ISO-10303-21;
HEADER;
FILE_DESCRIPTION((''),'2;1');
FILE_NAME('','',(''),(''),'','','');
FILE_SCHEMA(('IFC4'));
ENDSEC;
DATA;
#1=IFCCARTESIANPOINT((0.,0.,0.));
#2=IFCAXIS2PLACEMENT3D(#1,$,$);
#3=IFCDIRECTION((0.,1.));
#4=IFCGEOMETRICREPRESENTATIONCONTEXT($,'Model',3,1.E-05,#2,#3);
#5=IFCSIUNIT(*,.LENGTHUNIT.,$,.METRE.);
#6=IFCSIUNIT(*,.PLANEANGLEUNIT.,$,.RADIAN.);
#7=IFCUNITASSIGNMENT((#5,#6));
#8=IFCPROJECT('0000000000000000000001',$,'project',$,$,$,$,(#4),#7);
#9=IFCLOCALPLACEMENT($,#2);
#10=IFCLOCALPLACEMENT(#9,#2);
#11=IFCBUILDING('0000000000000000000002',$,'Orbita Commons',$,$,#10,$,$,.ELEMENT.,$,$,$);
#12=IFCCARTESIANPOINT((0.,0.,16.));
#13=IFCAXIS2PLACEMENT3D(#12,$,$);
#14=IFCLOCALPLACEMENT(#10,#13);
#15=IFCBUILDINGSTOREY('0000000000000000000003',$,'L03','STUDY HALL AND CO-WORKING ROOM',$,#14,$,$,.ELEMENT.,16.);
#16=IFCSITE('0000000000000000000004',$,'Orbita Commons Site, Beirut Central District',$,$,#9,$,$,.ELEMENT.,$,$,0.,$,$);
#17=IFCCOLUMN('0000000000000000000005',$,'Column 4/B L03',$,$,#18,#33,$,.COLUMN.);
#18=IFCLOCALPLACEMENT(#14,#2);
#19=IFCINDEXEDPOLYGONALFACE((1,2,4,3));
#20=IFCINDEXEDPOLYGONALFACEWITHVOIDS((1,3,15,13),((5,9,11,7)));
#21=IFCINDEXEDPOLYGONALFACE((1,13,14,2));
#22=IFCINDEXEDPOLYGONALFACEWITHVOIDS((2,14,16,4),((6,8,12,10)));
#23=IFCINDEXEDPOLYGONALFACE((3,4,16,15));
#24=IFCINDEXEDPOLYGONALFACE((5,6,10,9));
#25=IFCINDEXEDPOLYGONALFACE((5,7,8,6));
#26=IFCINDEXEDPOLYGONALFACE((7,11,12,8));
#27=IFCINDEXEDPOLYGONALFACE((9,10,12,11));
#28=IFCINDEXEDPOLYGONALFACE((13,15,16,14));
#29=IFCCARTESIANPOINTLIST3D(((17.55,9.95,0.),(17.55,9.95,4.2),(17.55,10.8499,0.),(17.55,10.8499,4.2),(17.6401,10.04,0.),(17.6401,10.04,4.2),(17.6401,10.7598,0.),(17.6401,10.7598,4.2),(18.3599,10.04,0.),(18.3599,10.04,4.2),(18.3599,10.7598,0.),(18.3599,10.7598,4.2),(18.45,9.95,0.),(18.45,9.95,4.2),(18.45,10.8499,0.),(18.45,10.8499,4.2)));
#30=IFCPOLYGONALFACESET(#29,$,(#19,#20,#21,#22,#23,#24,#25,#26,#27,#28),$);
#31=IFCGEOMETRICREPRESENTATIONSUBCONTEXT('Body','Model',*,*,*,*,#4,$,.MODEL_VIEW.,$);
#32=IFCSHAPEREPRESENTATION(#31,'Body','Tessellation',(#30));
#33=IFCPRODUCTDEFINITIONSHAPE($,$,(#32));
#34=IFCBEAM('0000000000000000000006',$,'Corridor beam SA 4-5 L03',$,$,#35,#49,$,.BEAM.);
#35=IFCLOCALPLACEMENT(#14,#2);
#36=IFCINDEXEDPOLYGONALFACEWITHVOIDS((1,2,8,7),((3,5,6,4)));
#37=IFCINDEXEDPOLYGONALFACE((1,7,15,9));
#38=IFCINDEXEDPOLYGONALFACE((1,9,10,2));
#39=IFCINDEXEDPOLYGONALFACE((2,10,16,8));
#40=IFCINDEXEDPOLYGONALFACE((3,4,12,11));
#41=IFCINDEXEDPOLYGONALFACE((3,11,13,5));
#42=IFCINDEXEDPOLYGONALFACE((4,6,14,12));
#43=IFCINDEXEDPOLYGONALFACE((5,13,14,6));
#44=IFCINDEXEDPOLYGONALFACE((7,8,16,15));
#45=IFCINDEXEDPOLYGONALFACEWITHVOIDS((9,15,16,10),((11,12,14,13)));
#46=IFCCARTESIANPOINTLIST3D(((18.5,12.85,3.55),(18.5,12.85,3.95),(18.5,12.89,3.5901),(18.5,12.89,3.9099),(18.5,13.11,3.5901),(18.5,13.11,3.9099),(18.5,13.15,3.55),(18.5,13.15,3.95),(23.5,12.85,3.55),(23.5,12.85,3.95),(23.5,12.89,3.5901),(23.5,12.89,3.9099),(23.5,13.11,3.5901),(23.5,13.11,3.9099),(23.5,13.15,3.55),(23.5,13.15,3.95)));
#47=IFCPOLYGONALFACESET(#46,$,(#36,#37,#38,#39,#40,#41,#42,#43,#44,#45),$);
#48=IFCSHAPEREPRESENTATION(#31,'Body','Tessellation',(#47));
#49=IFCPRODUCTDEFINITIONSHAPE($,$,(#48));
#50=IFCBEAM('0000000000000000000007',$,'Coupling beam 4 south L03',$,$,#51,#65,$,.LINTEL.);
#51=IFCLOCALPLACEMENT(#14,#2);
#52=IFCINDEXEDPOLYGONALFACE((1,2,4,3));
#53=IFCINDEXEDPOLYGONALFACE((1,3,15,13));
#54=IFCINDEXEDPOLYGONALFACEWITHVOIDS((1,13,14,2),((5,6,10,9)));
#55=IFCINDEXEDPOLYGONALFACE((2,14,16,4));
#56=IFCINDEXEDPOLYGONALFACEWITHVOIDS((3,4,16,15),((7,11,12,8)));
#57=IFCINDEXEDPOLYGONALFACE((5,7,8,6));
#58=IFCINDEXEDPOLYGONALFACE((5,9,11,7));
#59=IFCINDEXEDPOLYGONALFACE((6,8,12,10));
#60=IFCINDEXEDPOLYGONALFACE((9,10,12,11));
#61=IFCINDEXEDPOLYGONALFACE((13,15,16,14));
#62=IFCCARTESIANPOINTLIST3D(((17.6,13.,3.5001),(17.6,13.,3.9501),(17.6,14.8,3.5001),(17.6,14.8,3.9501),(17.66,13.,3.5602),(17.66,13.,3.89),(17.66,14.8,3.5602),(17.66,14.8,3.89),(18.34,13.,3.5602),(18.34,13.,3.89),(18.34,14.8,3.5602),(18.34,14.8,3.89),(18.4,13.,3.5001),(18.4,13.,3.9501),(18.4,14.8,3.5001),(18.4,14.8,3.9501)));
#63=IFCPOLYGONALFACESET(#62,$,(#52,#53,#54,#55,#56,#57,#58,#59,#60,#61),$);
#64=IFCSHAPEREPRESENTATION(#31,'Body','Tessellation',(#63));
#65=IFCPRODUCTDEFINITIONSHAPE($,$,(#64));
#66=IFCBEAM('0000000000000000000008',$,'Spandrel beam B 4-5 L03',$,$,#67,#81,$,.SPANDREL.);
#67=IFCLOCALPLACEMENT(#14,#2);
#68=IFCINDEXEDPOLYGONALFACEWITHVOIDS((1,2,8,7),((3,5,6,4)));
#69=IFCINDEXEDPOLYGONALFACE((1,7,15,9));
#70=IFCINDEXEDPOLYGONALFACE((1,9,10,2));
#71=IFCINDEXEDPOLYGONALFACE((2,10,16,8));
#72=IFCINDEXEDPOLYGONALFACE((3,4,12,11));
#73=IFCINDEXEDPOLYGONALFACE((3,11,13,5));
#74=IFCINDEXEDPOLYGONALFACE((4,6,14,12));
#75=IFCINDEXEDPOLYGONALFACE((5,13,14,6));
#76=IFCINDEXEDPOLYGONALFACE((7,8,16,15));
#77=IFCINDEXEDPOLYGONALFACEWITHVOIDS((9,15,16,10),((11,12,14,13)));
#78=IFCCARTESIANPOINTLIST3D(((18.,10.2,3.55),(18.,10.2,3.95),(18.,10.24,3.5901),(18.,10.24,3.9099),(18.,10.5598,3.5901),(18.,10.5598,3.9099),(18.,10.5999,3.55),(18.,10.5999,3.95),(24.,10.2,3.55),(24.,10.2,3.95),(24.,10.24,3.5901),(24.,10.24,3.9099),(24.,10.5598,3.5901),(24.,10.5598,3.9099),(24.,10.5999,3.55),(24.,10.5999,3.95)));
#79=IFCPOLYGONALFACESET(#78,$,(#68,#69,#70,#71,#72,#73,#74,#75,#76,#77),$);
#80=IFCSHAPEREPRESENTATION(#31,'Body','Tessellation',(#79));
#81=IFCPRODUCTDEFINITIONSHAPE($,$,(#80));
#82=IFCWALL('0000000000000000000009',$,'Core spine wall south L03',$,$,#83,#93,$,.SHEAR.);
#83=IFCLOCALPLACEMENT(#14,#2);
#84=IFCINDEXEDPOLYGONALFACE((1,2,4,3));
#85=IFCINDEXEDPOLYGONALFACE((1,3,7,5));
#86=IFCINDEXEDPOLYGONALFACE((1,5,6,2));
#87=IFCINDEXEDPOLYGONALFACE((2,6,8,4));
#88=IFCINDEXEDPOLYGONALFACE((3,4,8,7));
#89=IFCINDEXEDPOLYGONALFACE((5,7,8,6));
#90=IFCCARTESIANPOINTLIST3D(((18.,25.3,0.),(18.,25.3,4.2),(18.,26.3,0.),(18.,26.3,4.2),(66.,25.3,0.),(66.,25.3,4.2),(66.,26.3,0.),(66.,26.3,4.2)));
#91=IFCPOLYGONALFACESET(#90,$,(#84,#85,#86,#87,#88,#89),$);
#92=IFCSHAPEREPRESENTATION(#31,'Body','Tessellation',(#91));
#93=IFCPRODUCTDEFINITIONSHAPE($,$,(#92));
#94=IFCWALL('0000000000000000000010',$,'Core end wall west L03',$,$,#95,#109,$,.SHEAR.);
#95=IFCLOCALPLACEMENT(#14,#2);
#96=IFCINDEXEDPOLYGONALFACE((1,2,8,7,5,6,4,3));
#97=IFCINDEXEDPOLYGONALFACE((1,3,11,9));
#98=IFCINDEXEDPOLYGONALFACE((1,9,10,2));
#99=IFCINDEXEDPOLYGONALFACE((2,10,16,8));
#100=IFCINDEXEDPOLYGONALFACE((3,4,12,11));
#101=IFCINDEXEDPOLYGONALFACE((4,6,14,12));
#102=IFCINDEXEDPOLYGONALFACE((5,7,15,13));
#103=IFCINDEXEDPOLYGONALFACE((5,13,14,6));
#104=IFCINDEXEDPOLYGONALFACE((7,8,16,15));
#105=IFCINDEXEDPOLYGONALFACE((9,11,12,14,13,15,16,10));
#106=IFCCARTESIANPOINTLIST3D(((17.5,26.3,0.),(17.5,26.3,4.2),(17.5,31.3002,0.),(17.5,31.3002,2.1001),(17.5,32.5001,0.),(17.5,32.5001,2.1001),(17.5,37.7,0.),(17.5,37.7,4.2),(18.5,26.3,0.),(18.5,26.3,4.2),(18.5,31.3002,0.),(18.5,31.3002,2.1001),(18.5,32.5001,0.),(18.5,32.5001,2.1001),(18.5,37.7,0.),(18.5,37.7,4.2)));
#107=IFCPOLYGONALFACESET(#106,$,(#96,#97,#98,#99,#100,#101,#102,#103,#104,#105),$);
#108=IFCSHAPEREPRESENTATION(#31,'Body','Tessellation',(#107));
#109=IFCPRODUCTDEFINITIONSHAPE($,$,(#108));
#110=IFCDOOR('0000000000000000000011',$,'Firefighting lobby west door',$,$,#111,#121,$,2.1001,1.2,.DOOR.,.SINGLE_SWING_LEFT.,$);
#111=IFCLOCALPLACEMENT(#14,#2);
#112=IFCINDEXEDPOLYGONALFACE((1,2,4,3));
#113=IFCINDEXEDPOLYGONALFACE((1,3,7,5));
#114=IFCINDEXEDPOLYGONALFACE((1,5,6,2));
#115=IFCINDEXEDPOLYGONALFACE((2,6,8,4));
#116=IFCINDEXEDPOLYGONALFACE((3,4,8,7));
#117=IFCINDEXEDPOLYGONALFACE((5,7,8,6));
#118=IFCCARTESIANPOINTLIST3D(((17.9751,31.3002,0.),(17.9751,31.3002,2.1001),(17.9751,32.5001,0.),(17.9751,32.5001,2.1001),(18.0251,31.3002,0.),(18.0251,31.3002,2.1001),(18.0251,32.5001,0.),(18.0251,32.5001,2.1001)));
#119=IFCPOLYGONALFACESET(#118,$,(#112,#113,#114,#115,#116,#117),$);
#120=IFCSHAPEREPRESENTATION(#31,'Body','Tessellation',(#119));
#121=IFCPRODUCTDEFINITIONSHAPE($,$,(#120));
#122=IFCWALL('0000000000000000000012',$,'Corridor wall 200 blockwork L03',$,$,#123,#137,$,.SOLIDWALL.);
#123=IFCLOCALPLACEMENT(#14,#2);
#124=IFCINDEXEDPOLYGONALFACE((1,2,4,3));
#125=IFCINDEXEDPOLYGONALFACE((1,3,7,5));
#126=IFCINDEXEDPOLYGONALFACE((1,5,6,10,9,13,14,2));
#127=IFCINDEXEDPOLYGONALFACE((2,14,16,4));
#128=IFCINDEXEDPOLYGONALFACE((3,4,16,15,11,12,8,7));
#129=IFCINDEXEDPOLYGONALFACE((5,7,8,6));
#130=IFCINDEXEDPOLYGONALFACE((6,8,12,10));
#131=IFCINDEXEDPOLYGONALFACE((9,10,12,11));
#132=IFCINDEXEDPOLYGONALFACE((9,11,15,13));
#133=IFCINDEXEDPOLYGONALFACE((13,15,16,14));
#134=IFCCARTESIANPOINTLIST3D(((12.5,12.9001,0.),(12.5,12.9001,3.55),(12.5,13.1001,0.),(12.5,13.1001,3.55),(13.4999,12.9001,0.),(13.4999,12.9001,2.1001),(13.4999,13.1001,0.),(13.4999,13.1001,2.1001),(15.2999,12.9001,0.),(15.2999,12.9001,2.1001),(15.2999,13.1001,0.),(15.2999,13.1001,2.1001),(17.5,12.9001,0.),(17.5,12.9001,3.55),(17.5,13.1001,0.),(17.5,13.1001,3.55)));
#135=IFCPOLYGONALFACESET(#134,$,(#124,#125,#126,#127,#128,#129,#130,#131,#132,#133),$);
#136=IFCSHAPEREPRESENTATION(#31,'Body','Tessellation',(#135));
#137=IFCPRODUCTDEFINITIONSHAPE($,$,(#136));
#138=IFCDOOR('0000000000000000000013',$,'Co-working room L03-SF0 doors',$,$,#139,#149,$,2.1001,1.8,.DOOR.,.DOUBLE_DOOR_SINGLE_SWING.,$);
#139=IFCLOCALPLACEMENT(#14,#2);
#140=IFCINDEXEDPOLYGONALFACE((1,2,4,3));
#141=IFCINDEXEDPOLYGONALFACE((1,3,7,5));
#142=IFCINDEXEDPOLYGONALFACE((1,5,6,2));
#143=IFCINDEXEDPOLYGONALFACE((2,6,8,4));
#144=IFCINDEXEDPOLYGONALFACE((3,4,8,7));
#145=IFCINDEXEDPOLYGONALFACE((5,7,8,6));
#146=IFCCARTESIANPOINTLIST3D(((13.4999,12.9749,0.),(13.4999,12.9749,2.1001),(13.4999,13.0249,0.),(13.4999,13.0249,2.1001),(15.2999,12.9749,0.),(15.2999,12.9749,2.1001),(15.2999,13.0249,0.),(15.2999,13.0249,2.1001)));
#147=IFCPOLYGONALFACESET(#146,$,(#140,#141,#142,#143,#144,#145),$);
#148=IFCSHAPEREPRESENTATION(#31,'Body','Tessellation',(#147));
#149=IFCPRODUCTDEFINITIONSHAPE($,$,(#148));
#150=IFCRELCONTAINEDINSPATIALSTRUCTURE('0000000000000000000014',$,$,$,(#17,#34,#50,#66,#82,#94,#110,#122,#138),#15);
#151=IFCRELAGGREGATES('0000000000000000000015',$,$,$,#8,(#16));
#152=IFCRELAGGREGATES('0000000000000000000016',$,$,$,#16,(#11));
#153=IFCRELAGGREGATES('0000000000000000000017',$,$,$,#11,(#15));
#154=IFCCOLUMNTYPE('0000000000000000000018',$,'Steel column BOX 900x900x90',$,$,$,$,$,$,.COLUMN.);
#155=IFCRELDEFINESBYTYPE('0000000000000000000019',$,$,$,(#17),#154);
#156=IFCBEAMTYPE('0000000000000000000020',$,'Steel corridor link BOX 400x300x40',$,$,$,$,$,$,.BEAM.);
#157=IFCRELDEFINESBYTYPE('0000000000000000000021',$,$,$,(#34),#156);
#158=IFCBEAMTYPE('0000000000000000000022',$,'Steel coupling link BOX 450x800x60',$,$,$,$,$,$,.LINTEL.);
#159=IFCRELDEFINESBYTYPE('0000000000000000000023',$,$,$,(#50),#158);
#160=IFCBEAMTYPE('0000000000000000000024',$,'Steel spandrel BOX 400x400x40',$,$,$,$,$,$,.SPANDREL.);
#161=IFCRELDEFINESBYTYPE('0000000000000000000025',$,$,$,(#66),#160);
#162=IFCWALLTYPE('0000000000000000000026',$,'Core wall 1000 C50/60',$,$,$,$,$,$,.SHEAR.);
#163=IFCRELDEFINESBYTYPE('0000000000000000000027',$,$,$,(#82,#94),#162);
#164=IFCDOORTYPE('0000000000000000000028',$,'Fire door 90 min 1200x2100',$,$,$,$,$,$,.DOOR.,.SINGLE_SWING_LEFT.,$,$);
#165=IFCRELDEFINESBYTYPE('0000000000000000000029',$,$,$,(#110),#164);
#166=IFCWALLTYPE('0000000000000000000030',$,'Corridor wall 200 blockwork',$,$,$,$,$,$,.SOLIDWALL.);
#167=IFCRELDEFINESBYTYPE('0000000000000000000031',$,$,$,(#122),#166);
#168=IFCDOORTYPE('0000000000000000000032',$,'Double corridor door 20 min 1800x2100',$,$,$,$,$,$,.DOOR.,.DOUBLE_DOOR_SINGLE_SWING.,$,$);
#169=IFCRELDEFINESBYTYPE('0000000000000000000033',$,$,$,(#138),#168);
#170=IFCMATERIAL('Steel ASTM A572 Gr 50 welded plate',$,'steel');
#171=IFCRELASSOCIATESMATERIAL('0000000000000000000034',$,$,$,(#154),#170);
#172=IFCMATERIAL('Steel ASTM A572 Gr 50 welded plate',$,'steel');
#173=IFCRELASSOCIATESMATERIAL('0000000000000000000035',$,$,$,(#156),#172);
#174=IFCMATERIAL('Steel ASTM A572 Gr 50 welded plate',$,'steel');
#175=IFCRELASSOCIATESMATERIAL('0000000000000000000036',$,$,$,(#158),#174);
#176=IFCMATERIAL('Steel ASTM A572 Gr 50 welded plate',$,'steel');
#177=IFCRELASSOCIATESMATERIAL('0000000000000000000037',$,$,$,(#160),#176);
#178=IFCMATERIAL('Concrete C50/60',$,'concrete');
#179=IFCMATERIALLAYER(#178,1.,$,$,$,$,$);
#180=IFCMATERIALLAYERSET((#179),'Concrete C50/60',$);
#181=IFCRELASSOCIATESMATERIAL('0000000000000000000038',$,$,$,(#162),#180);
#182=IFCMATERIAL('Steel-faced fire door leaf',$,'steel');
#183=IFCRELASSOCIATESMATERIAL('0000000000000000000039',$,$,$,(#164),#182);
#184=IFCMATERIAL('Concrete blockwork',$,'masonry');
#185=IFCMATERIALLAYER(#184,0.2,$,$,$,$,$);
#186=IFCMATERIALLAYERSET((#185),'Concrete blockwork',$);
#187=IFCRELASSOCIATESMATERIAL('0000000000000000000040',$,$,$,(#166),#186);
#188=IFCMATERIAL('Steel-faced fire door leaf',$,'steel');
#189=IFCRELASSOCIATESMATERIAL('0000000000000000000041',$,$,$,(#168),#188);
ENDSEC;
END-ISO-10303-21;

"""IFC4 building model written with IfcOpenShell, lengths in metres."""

from ifc_helpers import new_model, si_unit, direction, frame, frame_2d, origin, origin_2d, place, context, subcontext, project, spatial, polyline, rectangle, hollow_rectangle, outline, extrude, material, layer, layer_set, material_profile, profile_set, type_object, element, fill, save


model = new_model("IFC4")

# Units and contexts
model_context = context("Model", 3, precision=1e-05, world=origin(), true_north=direction((0.0, 1.0)))
body_context = subcontext(model_context, "Body", "Model", "MODEL_VIEW")
ifc_project = project(units=[si_unit("LENGTHUNIT", "METRE"), si_unit("PLANEANGLEUNIT", "RADIAN")], contexts=[model_context])

# Site, building, storey
site_placement = place(None, origin())
site = spatial("IfcSite", under=ifc_project, at=site_placement, Name="Orbita Commons Site, Beirut Central District", CompositionType="ELEMENT", RefElevation=0.0)
building_placement = place(site_placement, origin())
building = spatial("IfcBuilding", under=site, at=building_placement, Name="Orbita Commons", CompositionType="ELEMENT")
storey_placement = place(building_placement, frame((0.0, 0.0, 16.0)))
storey = spatial("IfcBuildingStorey", under=building, at=storey_placement, Name="L03", Description="STUDY HALL AND CO-WORKING ROOM", CompositionType="ELEMENT", Elevation=16.0)

# Column
ifc_material_1 = material(Name="Steel ASTM A572 Gr 50 welded plate", Category="steel")
ifc_material_profile_1 = material_profile(ifc_material_1, hollow_rectangle(XDim=0.8999, YDim=0.8999, WallThickness=0.0901, at=origin_2d()), Name="BOX 900x900x90")
ifc_profile_set_1 = profile_set([ifc_material_profile_1], Name="Steel ASTM A572 Gr 50 welded plate")
column_type = type_object("IfcColumnType", Name="Steel column BOX 900x900x90", PredefinedType="COLUMN", material=ifc_profile_set_1)
column_placement = place(storey_placement, frame((18.0, 10.3999, 0.0), z_axis=(0.0, 0.0, 1.0), x_axis=(1.0, 0.0, 0.0)))
element("IfcColumn", 1, at=column_placement, inside=storey, type_object=column_type, Name="Column 4/B L03", PredefinedType="COLUMN", context=body_context, shape_type="SweptSolid", body=[
    extrude(hollow_rectangle(XDim=0.8999, YDim=0.8999, WallThickness=0.0901, at=origin_2d()), origin(), (0.0, 0.0, 1.0), 4.2),
])

# Beams
ifc_material_2 = material(Name="Steel ASTM A572 Gr 50 welded plate", Category="steel")
ifc_material_profile_2 = material_profile(ifc_material_2, hollow_rectangle(XDim=0.3, YDim=0.3999, WallThickness=0.04, at=origin_2d()), Name="BOX 400x300x40")
ifc_profile_set_2 = profile_set([ifc_material_profile_2], Name="Steel ASTM A572 Gr 50 welded plate")
beam_type_1 = type_object("IfcBeamType", Name="Steel corridor link BOX 400x300x40", PredefinedType="BEAM", material=ifc_profile_set_2)
beam_1_placement = place(storey_placement, frame((18.5, 13.0, 3.75), z_axis=(1.0, 0.0, 0.0), x_axis=(0.0, 1.0, 0.0)))
element("IfcBeam", 2, at=beam_1_placement, inside=storey, type_object=beam_type_1, Name="Corridor beam SA 4-5 L03", PredefinedType="BEAM", context=body_context, shape_type="SweptSolid", body=[
    extrude(hollow_rectangle(XDim=0.3, YDim=0.3999, WallThickness=0.04, at=origin_2d()), origin(), (0.0, 0.0, 1.0), 5.0),
])
ifc_material_3 = material(Name="Steel ASTM A572 Gr 50 welded plate", Category="steel")
ifc_material_profile_3 = material_profile(ifc_material_3, hollow_rectangle(XDim=0.8, YDim=0.45, WallThickness=0.0601, at=origin_2d()), Name="BOX 450x800x60")
ifc_profile_set_3 = profile_set([ifc_material_profile_3], Name="Steel ASTM A572 Gr 50 welded plate")
beam_type_2 = type_object("IfcBeamType", Name="Steel coupling link BOX 450x800x60", PredefinedType="LINTEL", material=ifc_profile_set_3)
beam_2_placement = place(storey_placement, frame((18.0, 13.0, 3.7251), z_axis=(0.0, 1.0, 0.0), x_axis=(-1.0, 0.0, 0.0)))
element("IfcBeam", 3, at=beam_2_placement, inside=storey, type_object=beam_type_2, Name="Coupling beam 4 south L03", PredefinedType="LINTEL", context=body_context, shape_type="SweptSolid", body=[
    extrude(hollow_rectangle(XDim=0.8, YDim=0.45, WallThickness=0.0601, at=origin_2d()), origin(), (0.0, 0.0, 1.0), 1.8),
])
ifc_material_4 = material(Name="Steel ASTM A572 Gr 50 welded plate", Category="steel")
ifc_material_profile_4 = material_profile(ifc_material_4, hollow_rectangle(XDim=0.3999, YDim=0.3999, WallThickness=0.04, at=origin_2d()), Name="BOX 400x400x40")
ifc_profile_set_4 = profile_set([ifc_material_profile_4], Name="Steel ASTM A572 Gr 50 welded plate")
beam_type_3 = type_object("IfcBeamType", Name="Steel spandrel BOX 400x400x40", PredefinedType="SPANDREL", material=ifc_profile_set_4)
beam_3_placement = place(storey_placement, frame((18.0, 10.3999, 3.75), z_axis=(1.0, 0.0, 0.0), x_axis=(0.0, 1.0, 0.0)))
element("IfcBeam", 4, at=beam_3_placement, inside=storey, type_object=beam_type_3, Name="Spandrel beam B 4-5 L03", PredefinedType="SPANDREL", context=body_context, shape_type="SweptSolid", body=[
    extrude(hollow_rectangle(XDim=0.3999, YDim=0.3999, WallThickness=0.04, at=origin_2d()), origin(), (0.0, 0.0, 1.0), 6.0),
])

# Wall
ifc_material_5 = material(Name="Concrete C50/60", Category="concrete")
ifc_layer_1 = layer(ifc_material_5, 1.0)
ifc_layer_set_1 = layer_set([ifc_layer_1], Name="Concrete C50/60")
wall_type_1 = type_object("IfcWallType", Name="Core wall 1000 C50/60", PredefinedType="SHEAR", material=ifc_layer_set_1)
wall_1_placement = place(storey_placement, frame((18.0, 25.8, 0.0), z_axis=(0.0, 0.0, 1.0), x_axis=(1.0, 0.0, 0.0)))
element("IfcWall", 5, at=wall_1_placement, inside=storey, type_object=wall_type_1, Name="Core spine wall south L03", PredefinedType="SHEAR", context=body_context, shape_type="SweptSolid", body=[
    extrude(rectangle(XDim=48.0, YDim=1.0, at=frame_2d((24.0, 0.0))), origin(), (0.0, 0.0, 1.0), 4.2),
])

# Walls, openings, doors
wall_2_placement = place(storey_placement, frame((18.0, 26.3, 0.0), z_axis=(0.0, 0.0, 1.0), x_axis=(0.0, 1.0, 0.0)))
wall_2 = element("IfcWall", 6, at=wall_2_placement, inside=storey, type_object=wall_type_1, Name="Core end wall west L03", PredefinedType="SHEAR", context=body_context, shape_type="SweptSolid", body=[
    extrude(rectangle(XDim=11.3999, YDim=1.0, at=frame_2d((5.7, 0.0))), origin(), (0.0, 0.0, 1.0), 4.2),
])
opening_1_placement = place(wall_2_placement, frame((5.0, 0.0, 0.0)))
opening_1 = element("IfcOpeningElement", 7, at=opening_1_placement, cuts=wall_2, PredefinedType="OPENING", context=body_context, shape_type="SweptSolid", body=[
    extrude(rectangle(XDim=1.2, YDim=2.1001, at=frame_2d((0.6001, 1.05))), frame((0.0, 0.51, 0.0), z_axis=(0.0, -1.0, 0.0), x_axis=(1.0, 0.0, 0.0)), (0.0, 0.0, 1.0), 1.02),
])
ifc_material_6 = material(Name="Steel-faced fire door leaf", Category="steel")
door_type_1 = type_object("IfcDoorType", Name="Fire door 90 min 1200x2100", OperationType="SINGLE_SWING_LEFT", PredefinedType="DOOR", material=ifc_material_6)
door_1_placement = place(opening_1_placement, origin())
door_1 = element("IfcDoor", 8, at=door_1_placement, inside=storey, type_object=door_type_1, Name="Firefighting lobby west door", OperationType="SINGLE_SWING_LEFT", OverallHeight=2.1001, OverallWidth=1.2, PredefinedType="DOOR", context=body_context, shape_type="SweptSolid", body=[
    extrude(rectangle(XDim=1.2, YDim=2.1001, at=frame_2d((0.6001, 1.05))), frame((0.0, 0.0249, 0.0), z_axis=(0.0, -1.0, 0.0), x_axis=(1.0, 0.0, 0.0)), (0.0, 0.0, 1.0), 0.05),
])
fill(opening_1, door_1)
ifc_material_7 = material(Name="Concrete blockwork", Category="masonry")
ifc_layer_2 = layer(ifc_material_7, 0.2)
ifc_layer_set_2 = layer_set([ifc_layer_2], Name="Concrete blockwork")
wall_type_2 = type_object("IfcWallType", Name="Corridor wall 200 blockwork", PredefinedType="SOLIDWALL", material=ifc_layer_set_2)
wall_3_placement = place(storey_placement, frame((12.5, 13.0, 0.0), z_axis=(0.0, 0.0, 1.0), x_axis=(1.0, 0.0, 0.0)))
wall_3 = element("IfcWall", 9, at=wall_3_placement, inside=storey, type_object=wall_type_2, Name="Corridor wall 200 blockwork L03", PredefinedType="SOLIDWALL", context=body_context, shape_type="SweptSolid", body=[
    extrude(outline(polyline([(0.0, 0.0), (5.0, 0.0), (5.0, 3.55), (0.0, 3.55), (0.0, 0.0)])), frame((0.0, 0.1001, 0.0), z_axis=(0.0, -1.0, 0.0), x_axis=(1.0, 0.0, 0.0)), (0.0, 0.0, 1.0), 0.2),
])
opening_2_placement = place(wall_3_placement, frame((1.0, 0.0, 0.0)))
opening_2 = element("IfcOpeningElement", 10, at=opening_2_placement, cuts=wall_3, PredefinedType="OPENING", context=body_context, shape_type="SweptSolid", body=[
    extrude(rectangle(XDim=1.8, YDim=2.1001, at=frame_2d((0.8999, 1.05))), frame((0.0, 0.1099, 0.0), z_axis=(0.0, -1.0, 0.0), x_axis=(1.0, 0.0, 0.0)), (0.0, 0.0, 1.0), 0.22),
])
ifc_material_8 = material(Name="Steel-faced fire door leaf", Category="steel")
door_type_2 = type_object("IfcDoorType", Name="Double corridor door 20 min 1800x2100", OperationType="DOUBLE_DOOR_SINGLE_SWING", PredefinedType="DOOR", material=ifc_material_8)
door_2_placement = place(opening_2_placement, origin())
door_2 = element("IfcDoor", 11, at=door_2_placement, inside=storey, type_object=door_type_2, Name="Co-working room L03-SF0 doors", OperationType="DOUBLE_DOOR_SINGLE_SWING", OverallHeight=2.1001, OverallWidth=1.8, PredefinedType="DOOR", context=body_context, shape_type="SweptSolid", body=[
    extrude(rectangle(XDim=1.8, YDim=2.1001, at=frame_2d((0.8999, 1.05))), frame((0.0, 0.0249, 0.0), z_axis=(0.0, -1.0, 0.0), x_axis=(1.0, 0.0, 0.0)), (0.0, 0.0, 1.0), 0.05),
])
fill(opening_2, door_2)

save(model, "model.ifc")
